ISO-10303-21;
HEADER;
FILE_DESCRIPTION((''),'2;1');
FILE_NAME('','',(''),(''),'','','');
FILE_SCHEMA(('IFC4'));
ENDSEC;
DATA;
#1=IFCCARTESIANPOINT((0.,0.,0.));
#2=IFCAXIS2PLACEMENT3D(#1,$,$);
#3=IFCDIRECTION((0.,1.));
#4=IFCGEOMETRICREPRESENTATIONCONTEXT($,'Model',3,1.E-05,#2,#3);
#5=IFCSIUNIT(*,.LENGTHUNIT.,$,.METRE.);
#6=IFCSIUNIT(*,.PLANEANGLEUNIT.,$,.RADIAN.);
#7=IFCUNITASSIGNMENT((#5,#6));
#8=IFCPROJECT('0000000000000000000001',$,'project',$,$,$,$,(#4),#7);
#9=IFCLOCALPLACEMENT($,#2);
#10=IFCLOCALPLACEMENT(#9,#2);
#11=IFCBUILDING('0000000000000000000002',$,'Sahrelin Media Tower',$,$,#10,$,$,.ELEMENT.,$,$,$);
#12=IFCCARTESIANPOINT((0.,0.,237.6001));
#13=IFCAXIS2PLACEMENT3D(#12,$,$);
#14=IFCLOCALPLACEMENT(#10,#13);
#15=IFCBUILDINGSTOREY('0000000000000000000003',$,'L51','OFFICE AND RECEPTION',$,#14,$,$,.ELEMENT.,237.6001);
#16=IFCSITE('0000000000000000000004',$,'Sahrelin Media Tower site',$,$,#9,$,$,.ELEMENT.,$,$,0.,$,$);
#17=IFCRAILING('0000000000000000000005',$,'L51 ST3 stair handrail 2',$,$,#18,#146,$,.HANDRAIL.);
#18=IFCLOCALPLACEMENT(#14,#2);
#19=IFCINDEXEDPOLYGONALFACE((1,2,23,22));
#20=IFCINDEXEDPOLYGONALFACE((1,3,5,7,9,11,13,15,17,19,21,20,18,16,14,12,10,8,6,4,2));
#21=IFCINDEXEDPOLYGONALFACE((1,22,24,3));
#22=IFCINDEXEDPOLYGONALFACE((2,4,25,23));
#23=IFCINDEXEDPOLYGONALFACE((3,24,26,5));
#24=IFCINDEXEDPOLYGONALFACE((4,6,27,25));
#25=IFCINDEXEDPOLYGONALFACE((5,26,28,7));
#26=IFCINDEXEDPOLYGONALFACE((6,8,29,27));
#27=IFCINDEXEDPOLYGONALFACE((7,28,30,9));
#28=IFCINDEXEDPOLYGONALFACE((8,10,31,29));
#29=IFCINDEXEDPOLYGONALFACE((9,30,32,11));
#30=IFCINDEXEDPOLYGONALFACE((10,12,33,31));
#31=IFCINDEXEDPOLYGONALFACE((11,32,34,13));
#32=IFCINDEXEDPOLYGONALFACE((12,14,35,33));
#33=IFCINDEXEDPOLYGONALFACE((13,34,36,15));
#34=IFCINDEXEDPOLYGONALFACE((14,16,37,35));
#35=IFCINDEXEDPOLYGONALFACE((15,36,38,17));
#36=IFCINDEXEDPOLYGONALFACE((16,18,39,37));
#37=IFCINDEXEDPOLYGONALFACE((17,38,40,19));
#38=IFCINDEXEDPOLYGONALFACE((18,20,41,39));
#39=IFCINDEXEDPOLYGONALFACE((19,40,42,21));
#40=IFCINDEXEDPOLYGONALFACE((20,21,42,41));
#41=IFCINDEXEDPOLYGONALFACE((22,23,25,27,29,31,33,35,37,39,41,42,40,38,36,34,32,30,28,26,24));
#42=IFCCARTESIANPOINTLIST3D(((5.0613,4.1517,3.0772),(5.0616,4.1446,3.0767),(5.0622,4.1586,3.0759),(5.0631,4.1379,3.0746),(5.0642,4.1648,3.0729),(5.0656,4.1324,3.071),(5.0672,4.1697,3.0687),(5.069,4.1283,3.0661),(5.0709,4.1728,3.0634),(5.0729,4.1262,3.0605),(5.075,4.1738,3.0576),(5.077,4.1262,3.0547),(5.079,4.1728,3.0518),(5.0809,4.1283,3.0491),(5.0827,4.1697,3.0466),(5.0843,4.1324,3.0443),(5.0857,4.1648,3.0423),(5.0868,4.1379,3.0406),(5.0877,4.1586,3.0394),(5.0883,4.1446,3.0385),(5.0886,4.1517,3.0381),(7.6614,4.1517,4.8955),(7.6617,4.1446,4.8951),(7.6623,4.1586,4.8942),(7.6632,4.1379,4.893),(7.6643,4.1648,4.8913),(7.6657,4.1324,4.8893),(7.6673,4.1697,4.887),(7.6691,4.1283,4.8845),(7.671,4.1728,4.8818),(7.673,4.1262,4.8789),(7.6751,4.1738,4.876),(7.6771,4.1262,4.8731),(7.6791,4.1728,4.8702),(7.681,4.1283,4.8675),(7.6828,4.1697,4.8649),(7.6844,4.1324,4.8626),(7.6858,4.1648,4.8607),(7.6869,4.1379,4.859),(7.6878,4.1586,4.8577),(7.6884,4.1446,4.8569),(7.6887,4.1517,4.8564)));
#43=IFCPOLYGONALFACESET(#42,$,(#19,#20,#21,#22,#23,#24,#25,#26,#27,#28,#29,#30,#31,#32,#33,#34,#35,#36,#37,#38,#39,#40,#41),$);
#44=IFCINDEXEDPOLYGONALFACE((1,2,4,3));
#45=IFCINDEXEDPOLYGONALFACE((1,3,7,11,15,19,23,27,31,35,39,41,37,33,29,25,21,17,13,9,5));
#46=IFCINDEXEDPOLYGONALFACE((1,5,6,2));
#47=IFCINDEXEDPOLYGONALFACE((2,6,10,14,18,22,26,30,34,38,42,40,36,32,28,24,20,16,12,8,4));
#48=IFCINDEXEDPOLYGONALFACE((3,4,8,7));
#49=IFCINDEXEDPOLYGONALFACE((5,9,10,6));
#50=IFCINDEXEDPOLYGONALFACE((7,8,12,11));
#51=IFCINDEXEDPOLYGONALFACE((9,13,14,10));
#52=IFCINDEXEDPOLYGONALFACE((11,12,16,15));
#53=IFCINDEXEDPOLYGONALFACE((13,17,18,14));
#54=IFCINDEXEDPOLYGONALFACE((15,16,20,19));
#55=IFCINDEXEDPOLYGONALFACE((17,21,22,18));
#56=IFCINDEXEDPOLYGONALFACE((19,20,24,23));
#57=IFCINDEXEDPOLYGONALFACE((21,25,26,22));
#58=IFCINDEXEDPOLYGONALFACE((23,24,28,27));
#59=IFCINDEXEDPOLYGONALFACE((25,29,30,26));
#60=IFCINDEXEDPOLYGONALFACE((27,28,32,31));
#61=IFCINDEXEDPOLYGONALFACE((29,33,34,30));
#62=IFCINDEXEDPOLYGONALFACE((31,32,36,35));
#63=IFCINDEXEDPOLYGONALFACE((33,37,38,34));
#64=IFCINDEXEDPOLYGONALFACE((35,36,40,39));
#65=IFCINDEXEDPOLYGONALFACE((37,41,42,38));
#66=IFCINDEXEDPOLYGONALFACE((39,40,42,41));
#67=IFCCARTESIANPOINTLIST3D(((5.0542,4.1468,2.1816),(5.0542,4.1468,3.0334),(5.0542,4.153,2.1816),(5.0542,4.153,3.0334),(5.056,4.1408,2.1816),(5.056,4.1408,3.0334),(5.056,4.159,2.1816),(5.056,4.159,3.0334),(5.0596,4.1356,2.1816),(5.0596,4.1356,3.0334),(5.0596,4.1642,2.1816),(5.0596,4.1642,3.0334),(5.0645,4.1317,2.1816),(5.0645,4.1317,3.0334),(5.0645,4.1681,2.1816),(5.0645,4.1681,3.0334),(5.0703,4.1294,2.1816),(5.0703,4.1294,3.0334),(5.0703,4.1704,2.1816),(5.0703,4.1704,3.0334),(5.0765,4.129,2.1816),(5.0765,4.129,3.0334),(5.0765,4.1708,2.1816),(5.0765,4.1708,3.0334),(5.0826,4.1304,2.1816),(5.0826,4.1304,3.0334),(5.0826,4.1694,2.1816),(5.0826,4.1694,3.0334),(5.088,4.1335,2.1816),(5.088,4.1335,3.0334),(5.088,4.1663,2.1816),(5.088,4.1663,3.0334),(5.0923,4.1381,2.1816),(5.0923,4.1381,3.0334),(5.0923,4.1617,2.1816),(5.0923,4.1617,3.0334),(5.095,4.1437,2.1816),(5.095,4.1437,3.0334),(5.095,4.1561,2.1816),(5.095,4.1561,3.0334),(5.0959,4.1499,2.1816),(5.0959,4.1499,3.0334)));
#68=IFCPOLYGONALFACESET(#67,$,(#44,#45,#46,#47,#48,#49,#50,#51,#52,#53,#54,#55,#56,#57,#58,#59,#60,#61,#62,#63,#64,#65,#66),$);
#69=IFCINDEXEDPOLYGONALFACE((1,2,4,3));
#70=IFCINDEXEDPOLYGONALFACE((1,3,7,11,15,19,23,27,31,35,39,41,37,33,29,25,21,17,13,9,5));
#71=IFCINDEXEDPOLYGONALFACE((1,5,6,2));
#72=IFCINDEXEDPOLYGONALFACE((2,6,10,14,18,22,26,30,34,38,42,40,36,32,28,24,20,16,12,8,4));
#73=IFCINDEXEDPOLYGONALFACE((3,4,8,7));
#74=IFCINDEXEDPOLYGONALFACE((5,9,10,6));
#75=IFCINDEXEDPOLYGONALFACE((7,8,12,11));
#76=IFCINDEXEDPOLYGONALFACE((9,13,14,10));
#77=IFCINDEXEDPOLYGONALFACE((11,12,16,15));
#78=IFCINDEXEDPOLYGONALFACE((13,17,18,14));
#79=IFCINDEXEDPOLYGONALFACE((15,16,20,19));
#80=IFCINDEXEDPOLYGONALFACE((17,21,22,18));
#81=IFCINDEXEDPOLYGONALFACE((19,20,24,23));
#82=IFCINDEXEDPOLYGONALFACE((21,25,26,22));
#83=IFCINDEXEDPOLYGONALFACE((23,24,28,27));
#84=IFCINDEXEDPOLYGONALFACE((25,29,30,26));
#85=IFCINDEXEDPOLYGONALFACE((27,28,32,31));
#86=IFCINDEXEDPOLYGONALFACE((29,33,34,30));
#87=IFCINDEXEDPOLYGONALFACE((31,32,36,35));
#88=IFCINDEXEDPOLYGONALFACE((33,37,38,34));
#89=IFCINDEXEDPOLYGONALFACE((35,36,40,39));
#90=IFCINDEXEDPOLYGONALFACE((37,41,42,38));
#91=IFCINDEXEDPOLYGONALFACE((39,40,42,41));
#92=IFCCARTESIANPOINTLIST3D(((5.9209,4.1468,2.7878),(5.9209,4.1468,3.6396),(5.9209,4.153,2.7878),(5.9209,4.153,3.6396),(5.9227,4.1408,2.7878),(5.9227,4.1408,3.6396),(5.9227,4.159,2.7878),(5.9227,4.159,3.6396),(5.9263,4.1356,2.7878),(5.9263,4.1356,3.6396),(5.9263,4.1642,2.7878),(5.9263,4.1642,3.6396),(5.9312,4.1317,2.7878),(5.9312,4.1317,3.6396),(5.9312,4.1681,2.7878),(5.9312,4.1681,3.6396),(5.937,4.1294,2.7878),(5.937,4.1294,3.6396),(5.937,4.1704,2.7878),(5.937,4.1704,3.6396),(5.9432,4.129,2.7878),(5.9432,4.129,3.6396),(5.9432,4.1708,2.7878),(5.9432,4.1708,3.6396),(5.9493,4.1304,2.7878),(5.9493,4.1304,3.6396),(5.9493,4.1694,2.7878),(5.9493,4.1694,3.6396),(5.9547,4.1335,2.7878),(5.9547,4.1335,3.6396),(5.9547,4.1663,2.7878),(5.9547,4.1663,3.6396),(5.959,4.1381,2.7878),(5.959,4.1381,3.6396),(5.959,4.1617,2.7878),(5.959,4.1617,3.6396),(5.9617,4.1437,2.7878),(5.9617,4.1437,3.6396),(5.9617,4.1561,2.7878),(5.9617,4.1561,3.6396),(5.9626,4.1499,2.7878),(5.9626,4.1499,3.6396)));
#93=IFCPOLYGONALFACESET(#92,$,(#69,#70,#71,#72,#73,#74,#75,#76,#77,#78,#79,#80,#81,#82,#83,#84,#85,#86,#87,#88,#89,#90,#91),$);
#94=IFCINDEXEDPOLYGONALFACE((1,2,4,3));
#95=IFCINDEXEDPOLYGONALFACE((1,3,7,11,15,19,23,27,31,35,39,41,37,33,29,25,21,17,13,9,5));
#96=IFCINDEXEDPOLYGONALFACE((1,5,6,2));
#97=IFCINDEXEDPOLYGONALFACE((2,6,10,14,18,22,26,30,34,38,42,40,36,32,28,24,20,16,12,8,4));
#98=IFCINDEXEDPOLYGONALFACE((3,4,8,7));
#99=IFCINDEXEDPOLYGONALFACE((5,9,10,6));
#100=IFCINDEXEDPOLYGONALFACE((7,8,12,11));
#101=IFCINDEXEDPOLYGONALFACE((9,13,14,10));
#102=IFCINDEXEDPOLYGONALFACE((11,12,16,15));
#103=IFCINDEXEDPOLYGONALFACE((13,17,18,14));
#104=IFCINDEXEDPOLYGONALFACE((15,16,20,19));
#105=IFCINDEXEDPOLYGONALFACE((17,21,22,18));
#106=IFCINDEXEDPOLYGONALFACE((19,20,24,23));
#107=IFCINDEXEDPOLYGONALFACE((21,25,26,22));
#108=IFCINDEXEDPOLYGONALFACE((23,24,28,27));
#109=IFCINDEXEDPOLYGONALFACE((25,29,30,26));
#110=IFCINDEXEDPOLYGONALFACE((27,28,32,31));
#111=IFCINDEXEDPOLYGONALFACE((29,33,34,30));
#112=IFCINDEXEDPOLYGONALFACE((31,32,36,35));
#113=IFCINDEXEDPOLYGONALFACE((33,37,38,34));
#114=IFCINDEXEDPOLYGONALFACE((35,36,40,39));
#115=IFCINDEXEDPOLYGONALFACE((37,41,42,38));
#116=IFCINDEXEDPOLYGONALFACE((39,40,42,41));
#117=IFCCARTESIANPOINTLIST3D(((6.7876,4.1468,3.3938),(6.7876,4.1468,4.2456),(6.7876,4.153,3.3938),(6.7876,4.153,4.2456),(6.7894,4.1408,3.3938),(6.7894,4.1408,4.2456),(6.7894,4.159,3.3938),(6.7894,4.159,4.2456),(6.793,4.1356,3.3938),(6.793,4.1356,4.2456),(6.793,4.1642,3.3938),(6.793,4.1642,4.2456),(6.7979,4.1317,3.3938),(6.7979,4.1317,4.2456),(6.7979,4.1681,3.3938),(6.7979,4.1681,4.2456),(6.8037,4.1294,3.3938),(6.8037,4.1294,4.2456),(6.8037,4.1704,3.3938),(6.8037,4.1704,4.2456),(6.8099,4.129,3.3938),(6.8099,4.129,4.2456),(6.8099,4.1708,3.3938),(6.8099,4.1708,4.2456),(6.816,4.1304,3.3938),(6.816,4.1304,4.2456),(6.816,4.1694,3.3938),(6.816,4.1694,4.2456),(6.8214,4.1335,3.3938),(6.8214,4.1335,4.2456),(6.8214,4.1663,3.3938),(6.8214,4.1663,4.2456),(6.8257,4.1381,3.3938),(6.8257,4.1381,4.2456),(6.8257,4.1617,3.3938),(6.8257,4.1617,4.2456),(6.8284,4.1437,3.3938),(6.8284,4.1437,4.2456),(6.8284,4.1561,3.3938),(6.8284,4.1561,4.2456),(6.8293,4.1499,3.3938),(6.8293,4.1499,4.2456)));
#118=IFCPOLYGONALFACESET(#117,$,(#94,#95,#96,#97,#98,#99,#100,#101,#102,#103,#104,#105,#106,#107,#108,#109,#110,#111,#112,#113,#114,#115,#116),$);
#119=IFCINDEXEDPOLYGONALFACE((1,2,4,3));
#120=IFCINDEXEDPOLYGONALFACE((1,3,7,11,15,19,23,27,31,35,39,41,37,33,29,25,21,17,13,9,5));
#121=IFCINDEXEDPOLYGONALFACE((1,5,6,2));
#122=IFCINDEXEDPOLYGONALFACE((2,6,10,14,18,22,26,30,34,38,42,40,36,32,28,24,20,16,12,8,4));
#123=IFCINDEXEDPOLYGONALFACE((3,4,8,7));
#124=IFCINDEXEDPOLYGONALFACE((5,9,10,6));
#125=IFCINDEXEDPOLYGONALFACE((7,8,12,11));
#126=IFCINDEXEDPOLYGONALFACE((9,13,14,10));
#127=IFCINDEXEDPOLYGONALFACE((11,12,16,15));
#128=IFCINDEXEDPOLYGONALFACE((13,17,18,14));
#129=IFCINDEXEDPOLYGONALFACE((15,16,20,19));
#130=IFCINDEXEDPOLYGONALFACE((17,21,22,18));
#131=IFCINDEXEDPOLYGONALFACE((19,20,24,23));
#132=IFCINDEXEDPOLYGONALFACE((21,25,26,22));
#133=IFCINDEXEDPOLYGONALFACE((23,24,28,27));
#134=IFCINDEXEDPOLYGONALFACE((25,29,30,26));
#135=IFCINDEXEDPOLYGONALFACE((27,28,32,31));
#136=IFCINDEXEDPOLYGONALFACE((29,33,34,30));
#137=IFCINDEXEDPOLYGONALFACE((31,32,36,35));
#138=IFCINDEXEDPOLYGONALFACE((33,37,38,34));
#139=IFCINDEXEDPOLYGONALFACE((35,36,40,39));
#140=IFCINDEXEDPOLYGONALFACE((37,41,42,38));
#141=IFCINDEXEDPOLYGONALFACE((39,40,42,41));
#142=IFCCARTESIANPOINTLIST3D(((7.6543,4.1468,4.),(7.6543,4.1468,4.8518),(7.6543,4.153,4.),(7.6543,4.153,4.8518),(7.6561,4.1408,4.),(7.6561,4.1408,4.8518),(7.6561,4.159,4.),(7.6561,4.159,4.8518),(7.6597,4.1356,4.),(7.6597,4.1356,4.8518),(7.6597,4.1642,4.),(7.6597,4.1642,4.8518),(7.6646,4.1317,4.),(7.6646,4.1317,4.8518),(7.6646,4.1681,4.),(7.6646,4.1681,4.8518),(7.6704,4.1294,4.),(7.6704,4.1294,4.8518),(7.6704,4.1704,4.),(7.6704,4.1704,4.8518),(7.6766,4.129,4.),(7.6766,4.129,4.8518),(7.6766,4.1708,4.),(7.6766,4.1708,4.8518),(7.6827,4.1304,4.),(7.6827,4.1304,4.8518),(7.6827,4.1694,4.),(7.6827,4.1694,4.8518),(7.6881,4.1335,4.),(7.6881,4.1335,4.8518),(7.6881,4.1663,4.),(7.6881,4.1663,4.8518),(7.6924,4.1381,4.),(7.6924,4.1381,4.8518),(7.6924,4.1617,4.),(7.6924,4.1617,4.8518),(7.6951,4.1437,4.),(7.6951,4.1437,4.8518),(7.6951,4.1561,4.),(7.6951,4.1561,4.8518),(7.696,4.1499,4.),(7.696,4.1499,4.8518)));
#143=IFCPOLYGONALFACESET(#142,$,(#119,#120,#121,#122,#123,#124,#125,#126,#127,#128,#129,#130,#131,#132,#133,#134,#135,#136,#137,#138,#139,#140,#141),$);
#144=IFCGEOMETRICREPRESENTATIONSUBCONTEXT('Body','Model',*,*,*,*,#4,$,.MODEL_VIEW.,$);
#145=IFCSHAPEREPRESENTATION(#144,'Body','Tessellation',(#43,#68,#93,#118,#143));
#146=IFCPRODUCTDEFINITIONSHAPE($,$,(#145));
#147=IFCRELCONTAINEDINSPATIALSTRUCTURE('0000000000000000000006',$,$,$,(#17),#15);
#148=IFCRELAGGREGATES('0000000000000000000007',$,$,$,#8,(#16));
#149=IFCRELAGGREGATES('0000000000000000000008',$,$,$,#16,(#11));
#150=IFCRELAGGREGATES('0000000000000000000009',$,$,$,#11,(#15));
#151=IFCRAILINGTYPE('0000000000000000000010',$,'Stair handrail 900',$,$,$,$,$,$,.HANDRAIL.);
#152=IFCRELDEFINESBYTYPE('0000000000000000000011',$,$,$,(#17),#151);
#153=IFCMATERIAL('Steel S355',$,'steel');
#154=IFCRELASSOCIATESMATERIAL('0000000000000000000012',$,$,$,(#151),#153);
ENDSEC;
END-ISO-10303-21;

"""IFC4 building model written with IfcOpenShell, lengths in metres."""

from ifc_helpers import new_model, si_unit, direction, frame, origin, origin_2d, place, context, subcontext, project, spatial, circle, extrude, material, type_object, element, save


model = new_model("IFC4")

# Units and contexts
model_context = context("Model", 3, precision=1e-05, world=origin(), true_north=direction((0.0, 1.0)))
body_context = subcontext(model_context, "Body", "Model", "MODEL_VIEW")
ifc_project = project(units=[si_unit("LENGTHUNIT", "METRE"), si_unit("PLANEANGLEUNIT", "RADIAN")], contexts=[model_context])

# Site, building, storey
site_placement = place(None, origin())
site = spatial("IfcSite", under=ifc_project, at=site_placement, Name="Sahrelin Media Tower site", CompositionType="ELEMENT", RefElevation=0.0)
building_placement = place(site_placement, origin())
building = spatial("IfcBuilding", under=site, at=building_placement, Name="Sahrelin Media Tower", CompositionType="ELEMENT")
storey_placement = place(building_placement, frame((0.0, 0.0, 237.6001)))
storey = spatial("IfcBuildingStorey", under=building, at=storey_placement, Name="L51", Description="OFFICE AND RECEPTION", CompositionType="ELEMENT", Elevation=237.6001)

# Shared definitions
ifc_material_1 = material(Name="Steel S355", Category="steel")

# Railing
railing_type_1 = type_object("IfcRailingType", Name="Stair handrail 900", PredefinedType="HANDRAIL", material=ifc_material_1)
railing_1_placement = place(storey_placement, frame((5.075, 4.1499, 2.1816)))
element("IfcRailing", 1, at=railing_1_placement, inside=storey, type_object=railing_type_1, Name="L51 ST3 stair handrail 2", PredefinedType="HANDRAIL", context=body_context, shape_type="SweptSolid", body=[
    extrude(circle(Radius=0.0239, at=origin_2d()), frame((0.0, 0.0, 0.876), z_axis=(0.819485, 0.0, 0.573101), x_axis=(0.0, 1.0, 0.0)), (0.0, 0.0, 1.0), 3.1729),
    extrude(circle(Radius=0.021, at=origin_2d()), origin(), (0.0, 0.0, 1.0), 0.8518),
    extrude(circle(Radius=0.021, at=origin_2d()), frame((0.8667, 0.0, 0.6062)), (0.0, 0.0, 1.0), 0.8518),
    extrude(circle(Radius=0.021, at=origin_2d()), frame((1.7334, 0.0, 1.2122)), (0.0, 0.0, 1.0), 0.8518),
    extrude(circle(Radius=0.021, at=origin_2d()), frame((2.6001, 0.0, 1.8184)), (0.0, 0.0, 1.0), 0.8518),
])

save(model, "model.ifc")
